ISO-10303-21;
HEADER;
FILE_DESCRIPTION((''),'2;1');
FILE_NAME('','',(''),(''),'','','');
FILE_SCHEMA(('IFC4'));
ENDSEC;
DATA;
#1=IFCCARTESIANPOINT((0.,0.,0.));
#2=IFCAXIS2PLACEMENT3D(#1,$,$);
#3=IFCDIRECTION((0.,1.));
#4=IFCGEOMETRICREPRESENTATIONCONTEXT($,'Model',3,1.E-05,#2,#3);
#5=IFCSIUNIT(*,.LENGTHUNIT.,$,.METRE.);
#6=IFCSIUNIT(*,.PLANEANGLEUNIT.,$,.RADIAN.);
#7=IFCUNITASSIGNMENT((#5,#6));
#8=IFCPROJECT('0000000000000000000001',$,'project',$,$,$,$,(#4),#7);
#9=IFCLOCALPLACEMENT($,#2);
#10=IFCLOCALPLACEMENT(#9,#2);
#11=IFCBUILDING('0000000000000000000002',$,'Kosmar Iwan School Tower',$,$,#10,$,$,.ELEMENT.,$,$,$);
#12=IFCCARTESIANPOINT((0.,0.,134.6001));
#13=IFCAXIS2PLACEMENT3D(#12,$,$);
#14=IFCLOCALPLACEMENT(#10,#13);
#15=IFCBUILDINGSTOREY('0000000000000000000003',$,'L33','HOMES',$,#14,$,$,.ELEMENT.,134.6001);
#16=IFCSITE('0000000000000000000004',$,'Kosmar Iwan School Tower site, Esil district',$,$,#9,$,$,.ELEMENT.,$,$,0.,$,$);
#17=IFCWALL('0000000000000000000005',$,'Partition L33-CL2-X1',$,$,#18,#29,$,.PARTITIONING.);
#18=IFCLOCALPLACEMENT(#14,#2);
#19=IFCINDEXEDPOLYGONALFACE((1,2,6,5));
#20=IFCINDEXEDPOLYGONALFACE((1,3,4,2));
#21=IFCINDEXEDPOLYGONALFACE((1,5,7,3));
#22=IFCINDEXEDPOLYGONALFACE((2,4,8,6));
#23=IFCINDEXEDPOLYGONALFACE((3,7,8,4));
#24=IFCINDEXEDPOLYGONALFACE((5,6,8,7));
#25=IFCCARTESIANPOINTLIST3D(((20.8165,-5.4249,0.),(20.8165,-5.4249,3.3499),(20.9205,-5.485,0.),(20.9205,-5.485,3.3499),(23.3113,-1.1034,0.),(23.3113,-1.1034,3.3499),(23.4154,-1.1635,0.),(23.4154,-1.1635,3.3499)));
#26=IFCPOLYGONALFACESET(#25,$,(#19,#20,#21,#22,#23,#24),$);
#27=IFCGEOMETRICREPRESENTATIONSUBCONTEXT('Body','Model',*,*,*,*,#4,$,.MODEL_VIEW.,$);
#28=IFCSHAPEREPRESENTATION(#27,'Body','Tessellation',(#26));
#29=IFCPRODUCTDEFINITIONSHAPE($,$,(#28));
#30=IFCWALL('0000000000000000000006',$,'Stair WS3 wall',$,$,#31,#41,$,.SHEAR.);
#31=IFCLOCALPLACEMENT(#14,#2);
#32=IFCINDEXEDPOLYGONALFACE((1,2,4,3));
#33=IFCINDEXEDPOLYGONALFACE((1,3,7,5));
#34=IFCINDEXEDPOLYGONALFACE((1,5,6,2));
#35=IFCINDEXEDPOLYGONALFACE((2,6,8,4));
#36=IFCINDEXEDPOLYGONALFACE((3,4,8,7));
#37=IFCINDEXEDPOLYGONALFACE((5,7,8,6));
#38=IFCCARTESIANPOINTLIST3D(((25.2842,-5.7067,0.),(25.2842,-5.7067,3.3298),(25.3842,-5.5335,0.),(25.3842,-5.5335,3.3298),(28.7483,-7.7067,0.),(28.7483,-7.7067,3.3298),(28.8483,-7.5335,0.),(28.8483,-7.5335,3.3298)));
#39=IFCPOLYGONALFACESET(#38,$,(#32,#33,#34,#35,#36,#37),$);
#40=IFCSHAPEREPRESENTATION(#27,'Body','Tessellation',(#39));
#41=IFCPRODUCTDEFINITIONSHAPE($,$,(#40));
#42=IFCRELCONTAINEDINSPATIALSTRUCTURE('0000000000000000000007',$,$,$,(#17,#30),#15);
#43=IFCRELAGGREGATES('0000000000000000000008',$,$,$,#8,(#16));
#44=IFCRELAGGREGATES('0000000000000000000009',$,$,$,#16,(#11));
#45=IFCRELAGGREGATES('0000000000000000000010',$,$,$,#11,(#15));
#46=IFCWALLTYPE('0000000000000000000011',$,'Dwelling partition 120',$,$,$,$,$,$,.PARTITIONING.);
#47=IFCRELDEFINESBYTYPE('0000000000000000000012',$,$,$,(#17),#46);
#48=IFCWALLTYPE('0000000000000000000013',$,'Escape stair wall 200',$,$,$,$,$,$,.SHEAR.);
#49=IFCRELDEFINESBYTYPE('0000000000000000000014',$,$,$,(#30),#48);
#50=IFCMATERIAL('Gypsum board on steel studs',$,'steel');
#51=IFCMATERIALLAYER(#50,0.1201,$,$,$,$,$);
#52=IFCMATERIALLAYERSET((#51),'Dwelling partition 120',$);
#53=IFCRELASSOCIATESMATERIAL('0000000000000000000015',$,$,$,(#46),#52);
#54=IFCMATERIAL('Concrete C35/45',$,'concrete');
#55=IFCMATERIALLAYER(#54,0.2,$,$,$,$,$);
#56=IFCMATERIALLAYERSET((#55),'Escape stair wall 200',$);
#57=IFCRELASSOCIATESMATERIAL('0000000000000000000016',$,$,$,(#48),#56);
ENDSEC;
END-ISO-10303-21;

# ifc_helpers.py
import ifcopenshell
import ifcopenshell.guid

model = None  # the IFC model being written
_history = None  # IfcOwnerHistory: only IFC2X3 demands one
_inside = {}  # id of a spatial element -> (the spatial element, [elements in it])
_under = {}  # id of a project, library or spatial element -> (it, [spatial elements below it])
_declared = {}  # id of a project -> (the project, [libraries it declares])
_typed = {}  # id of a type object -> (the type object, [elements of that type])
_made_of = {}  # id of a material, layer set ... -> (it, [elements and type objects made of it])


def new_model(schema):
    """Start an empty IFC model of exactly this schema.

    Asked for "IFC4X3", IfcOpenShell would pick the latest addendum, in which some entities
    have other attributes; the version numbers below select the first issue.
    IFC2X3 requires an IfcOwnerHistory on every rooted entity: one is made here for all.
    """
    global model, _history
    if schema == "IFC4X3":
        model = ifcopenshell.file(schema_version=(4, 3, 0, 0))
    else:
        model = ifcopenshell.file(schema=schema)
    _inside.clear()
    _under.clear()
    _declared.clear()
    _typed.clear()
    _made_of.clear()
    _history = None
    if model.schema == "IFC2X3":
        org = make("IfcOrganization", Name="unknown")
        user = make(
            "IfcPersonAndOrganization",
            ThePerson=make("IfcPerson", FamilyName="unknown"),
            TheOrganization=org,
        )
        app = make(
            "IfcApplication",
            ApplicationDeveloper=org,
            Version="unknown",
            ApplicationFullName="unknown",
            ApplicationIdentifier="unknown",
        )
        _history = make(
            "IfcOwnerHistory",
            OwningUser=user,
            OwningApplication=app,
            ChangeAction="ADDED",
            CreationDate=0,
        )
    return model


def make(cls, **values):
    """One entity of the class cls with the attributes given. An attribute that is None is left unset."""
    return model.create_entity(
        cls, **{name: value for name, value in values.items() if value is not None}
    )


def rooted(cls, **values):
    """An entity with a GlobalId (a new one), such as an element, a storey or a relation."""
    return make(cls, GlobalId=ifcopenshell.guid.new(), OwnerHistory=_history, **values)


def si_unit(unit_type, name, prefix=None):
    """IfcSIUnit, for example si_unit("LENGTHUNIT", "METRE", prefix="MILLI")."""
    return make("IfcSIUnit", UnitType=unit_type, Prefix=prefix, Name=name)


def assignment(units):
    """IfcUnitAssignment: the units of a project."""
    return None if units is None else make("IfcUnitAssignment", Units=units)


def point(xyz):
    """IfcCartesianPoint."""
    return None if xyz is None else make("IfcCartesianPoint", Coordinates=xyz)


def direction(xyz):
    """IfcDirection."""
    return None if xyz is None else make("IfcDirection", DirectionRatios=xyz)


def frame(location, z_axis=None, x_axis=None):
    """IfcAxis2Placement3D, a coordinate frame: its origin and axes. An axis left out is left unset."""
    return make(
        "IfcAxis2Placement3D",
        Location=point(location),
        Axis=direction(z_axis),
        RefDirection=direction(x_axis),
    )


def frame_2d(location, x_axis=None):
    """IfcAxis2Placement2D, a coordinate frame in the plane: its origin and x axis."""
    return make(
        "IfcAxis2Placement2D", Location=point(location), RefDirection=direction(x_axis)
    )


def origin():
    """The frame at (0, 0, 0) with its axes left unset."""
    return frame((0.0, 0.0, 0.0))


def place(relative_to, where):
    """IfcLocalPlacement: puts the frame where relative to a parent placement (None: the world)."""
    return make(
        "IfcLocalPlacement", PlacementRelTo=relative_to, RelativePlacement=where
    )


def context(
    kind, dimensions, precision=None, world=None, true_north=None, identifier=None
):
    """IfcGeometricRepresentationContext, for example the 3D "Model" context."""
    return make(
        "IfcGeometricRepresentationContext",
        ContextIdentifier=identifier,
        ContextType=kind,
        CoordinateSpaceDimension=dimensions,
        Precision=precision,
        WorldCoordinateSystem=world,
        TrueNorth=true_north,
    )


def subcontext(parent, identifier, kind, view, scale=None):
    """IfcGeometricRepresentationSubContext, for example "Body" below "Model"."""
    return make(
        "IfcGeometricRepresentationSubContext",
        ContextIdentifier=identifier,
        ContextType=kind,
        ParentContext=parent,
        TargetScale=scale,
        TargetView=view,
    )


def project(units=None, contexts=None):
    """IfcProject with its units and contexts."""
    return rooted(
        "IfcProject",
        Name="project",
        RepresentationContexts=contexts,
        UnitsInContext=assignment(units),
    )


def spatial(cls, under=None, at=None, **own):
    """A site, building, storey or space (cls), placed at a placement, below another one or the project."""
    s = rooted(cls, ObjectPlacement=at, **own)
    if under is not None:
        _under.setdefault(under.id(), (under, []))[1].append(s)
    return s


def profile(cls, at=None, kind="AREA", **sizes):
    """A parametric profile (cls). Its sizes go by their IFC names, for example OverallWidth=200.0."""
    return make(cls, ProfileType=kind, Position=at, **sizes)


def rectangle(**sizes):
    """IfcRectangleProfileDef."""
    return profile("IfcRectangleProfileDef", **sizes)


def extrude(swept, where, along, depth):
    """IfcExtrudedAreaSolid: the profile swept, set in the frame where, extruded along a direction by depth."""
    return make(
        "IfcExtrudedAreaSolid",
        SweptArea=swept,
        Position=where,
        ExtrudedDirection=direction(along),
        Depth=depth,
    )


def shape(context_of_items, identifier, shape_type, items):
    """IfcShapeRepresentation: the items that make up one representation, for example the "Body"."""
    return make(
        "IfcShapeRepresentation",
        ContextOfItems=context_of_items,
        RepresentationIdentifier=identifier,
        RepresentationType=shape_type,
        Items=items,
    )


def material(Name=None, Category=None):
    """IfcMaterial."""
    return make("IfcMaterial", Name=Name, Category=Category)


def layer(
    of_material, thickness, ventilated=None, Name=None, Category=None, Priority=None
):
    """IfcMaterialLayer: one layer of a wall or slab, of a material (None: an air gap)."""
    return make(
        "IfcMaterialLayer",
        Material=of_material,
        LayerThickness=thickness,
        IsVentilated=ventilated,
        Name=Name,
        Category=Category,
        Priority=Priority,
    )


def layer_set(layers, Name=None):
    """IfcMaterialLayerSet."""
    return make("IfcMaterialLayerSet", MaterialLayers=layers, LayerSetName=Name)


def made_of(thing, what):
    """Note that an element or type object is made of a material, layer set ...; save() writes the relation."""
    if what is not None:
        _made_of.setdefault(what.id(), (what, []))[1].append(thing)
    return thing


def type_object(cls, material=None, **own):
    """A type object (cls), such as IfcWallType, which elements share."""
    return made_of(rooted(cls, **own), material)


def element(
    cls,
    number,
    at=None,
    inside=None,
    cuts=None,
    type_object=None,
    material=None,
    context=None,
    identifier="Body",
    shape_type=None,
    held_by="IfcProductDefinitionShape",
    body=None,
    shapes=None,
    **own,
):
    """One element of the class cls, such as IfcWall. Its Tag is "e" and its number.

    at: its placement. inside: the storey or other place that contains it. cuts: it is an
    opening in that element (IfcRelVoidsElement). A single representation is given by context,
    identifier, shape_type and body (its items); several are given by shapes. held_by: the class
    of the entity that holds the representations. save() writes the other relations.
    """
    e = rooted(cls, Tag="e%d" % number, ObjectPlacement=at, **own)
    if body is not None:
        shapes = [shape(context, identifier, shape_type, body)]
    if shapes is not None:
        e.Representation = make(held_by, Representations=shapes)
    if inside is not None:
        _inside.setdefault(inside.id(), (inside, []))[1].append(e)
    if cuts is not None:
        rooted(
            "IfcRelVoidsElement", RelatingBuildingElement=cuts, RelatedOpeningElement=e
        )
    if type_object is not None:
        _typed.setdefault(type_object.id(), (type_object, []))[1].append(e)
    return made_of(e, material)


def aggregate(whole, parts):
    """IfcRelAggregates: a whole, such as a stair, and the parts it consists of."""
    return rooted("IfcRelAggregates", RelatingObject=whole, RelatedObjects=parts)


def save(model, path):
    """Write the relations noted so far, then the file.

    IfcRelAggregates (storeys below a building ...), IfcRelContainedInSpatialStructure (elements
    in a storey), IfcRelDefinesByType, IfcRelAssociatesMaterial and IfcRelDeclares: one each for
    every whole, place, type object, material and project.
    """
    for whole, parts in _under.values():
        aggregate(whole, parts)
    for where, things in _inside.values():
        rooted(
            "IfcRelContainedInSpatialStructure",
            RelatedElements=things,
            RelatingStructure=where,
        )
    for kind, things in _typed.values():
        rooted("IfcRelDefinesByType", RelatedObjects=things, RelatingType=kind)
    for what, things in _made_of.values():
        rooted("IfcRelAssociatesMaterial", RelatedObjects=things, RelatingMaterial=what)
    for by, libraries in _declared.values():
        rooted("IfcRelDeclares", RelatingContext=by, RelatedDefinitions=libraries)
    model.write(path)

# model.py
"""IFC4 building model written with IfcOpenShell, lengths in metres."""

from ifc_helpers import new_model, si_unit, direction, frame, frame_2d, origin, place, context, subcontext, project, spatial, rectangle, extrude, material, layer, layer_set, type_object, element, save


model = new_model("IFC4")

# Units and contexts
model_context = context("Model", 3, precision=1e-05, world=origin(), true_north=direction((0.0, 1.0)))
body_context = subcontext(model_context, "Body", "Model", "MODEL_VIEW")
ifc_project = project(units=[si_unit("LENGTHUNIT", "METRE"), si_unit("PLANEANGLEUNIT", "RADIAN")], contexts=[model_context])

# Site, building, storey
site_placement = place(None, origin())
site = spatial("IfcSite", under=ifc_project, at=site_placement, Name="Kosmar Iwan School Tower site, Esil district", CompositionType="ELEMENT", RefElevation=0.0)
building_placement = place(site_placement, origin())
building = spatial("IfcBuilding", under=site, at=building_placement, Name="Kosmar Iwan School Tower", CompositionType="ELEMENT")
storey_placement = place(building_placement, frame((0.0, 0.0, 134.6001)))
storey = spatial("IfcBuildingStorey", under=building, at=storey_placement, Name="L33", Description="HOMES", CompositionType="ELEMENT", Elevation=134.6001)

# Shared definitions
ifc_material_1 = material(Name="Gypsum board on steel studs", Category="steel")
ifc_layer_1 = layer(ifc_material_1, 0.1201)
ifc_layer_set_1 = layer_set([ifc_layer_1], Name="Dwelling partition 120")
wall_type_1 = type_object("IfcWallType", Name="Dwelling partition 120", PredefinedType="PARTITIONING", material=ifc_layer_set_1)

# Walls
wall_1_placement = place(storey_placement, frame((20.8684, -5.4551, 0.0), z_axis=(0.0, 0.0, 1.0), x_axis=(0.499975, 0.86604, 0.0)))
element("IfcWall", 1, at=wall_1_placement, inside=storey, type_object=wall_type_1, Name="Partition L33-CL2-X1", PredefinedType="PARTITIONING", context=body_context, shape_type="SweptSolid", body=[
    extrude(rectangle(XDim=4.99, YDim=0.1201, at=frame_2d((2.4951, 0.0))), origin(), (0.0, 0.0, 1.0), 3.3499),
])
ifc_material_2 = material(Name="Concrete C35/45", Category="concrete")
ifc_layer_2 = layer(ifc_material_2, 0.2)
ifc_layer_set_2 = layer_set([ifc_layer_2], Name="Escape stair wall 200")
wall_type_2 = type_object("IfcWallType", Name="Escape stair wall 200", PredefinedType="SHEAR", material=ifc_layer_set_2)
wall_2_placement = place(storey_placement, frame((25.3342, -5.6201, 0.0), z_axis=(0.0, 0.0, 1.0), x_axis=(0.866026, -0.499999, 0.0)))
element("IfcWall", 2, at=wall_2_placement, inside=storey, type_object=wall_type_2, Name="Stair WS3 wall", PredefinedType="SHEAR", context=body_context, shape_type="SweptSolid", body=[
    extrude(rectangle(XDim=4.0, YDim=0.2, at=frame_2d((2.0, 0.0))), origin(), (0.0, 0.0, 1.0), 3.3298),
])

save(model, "model.ifc")
